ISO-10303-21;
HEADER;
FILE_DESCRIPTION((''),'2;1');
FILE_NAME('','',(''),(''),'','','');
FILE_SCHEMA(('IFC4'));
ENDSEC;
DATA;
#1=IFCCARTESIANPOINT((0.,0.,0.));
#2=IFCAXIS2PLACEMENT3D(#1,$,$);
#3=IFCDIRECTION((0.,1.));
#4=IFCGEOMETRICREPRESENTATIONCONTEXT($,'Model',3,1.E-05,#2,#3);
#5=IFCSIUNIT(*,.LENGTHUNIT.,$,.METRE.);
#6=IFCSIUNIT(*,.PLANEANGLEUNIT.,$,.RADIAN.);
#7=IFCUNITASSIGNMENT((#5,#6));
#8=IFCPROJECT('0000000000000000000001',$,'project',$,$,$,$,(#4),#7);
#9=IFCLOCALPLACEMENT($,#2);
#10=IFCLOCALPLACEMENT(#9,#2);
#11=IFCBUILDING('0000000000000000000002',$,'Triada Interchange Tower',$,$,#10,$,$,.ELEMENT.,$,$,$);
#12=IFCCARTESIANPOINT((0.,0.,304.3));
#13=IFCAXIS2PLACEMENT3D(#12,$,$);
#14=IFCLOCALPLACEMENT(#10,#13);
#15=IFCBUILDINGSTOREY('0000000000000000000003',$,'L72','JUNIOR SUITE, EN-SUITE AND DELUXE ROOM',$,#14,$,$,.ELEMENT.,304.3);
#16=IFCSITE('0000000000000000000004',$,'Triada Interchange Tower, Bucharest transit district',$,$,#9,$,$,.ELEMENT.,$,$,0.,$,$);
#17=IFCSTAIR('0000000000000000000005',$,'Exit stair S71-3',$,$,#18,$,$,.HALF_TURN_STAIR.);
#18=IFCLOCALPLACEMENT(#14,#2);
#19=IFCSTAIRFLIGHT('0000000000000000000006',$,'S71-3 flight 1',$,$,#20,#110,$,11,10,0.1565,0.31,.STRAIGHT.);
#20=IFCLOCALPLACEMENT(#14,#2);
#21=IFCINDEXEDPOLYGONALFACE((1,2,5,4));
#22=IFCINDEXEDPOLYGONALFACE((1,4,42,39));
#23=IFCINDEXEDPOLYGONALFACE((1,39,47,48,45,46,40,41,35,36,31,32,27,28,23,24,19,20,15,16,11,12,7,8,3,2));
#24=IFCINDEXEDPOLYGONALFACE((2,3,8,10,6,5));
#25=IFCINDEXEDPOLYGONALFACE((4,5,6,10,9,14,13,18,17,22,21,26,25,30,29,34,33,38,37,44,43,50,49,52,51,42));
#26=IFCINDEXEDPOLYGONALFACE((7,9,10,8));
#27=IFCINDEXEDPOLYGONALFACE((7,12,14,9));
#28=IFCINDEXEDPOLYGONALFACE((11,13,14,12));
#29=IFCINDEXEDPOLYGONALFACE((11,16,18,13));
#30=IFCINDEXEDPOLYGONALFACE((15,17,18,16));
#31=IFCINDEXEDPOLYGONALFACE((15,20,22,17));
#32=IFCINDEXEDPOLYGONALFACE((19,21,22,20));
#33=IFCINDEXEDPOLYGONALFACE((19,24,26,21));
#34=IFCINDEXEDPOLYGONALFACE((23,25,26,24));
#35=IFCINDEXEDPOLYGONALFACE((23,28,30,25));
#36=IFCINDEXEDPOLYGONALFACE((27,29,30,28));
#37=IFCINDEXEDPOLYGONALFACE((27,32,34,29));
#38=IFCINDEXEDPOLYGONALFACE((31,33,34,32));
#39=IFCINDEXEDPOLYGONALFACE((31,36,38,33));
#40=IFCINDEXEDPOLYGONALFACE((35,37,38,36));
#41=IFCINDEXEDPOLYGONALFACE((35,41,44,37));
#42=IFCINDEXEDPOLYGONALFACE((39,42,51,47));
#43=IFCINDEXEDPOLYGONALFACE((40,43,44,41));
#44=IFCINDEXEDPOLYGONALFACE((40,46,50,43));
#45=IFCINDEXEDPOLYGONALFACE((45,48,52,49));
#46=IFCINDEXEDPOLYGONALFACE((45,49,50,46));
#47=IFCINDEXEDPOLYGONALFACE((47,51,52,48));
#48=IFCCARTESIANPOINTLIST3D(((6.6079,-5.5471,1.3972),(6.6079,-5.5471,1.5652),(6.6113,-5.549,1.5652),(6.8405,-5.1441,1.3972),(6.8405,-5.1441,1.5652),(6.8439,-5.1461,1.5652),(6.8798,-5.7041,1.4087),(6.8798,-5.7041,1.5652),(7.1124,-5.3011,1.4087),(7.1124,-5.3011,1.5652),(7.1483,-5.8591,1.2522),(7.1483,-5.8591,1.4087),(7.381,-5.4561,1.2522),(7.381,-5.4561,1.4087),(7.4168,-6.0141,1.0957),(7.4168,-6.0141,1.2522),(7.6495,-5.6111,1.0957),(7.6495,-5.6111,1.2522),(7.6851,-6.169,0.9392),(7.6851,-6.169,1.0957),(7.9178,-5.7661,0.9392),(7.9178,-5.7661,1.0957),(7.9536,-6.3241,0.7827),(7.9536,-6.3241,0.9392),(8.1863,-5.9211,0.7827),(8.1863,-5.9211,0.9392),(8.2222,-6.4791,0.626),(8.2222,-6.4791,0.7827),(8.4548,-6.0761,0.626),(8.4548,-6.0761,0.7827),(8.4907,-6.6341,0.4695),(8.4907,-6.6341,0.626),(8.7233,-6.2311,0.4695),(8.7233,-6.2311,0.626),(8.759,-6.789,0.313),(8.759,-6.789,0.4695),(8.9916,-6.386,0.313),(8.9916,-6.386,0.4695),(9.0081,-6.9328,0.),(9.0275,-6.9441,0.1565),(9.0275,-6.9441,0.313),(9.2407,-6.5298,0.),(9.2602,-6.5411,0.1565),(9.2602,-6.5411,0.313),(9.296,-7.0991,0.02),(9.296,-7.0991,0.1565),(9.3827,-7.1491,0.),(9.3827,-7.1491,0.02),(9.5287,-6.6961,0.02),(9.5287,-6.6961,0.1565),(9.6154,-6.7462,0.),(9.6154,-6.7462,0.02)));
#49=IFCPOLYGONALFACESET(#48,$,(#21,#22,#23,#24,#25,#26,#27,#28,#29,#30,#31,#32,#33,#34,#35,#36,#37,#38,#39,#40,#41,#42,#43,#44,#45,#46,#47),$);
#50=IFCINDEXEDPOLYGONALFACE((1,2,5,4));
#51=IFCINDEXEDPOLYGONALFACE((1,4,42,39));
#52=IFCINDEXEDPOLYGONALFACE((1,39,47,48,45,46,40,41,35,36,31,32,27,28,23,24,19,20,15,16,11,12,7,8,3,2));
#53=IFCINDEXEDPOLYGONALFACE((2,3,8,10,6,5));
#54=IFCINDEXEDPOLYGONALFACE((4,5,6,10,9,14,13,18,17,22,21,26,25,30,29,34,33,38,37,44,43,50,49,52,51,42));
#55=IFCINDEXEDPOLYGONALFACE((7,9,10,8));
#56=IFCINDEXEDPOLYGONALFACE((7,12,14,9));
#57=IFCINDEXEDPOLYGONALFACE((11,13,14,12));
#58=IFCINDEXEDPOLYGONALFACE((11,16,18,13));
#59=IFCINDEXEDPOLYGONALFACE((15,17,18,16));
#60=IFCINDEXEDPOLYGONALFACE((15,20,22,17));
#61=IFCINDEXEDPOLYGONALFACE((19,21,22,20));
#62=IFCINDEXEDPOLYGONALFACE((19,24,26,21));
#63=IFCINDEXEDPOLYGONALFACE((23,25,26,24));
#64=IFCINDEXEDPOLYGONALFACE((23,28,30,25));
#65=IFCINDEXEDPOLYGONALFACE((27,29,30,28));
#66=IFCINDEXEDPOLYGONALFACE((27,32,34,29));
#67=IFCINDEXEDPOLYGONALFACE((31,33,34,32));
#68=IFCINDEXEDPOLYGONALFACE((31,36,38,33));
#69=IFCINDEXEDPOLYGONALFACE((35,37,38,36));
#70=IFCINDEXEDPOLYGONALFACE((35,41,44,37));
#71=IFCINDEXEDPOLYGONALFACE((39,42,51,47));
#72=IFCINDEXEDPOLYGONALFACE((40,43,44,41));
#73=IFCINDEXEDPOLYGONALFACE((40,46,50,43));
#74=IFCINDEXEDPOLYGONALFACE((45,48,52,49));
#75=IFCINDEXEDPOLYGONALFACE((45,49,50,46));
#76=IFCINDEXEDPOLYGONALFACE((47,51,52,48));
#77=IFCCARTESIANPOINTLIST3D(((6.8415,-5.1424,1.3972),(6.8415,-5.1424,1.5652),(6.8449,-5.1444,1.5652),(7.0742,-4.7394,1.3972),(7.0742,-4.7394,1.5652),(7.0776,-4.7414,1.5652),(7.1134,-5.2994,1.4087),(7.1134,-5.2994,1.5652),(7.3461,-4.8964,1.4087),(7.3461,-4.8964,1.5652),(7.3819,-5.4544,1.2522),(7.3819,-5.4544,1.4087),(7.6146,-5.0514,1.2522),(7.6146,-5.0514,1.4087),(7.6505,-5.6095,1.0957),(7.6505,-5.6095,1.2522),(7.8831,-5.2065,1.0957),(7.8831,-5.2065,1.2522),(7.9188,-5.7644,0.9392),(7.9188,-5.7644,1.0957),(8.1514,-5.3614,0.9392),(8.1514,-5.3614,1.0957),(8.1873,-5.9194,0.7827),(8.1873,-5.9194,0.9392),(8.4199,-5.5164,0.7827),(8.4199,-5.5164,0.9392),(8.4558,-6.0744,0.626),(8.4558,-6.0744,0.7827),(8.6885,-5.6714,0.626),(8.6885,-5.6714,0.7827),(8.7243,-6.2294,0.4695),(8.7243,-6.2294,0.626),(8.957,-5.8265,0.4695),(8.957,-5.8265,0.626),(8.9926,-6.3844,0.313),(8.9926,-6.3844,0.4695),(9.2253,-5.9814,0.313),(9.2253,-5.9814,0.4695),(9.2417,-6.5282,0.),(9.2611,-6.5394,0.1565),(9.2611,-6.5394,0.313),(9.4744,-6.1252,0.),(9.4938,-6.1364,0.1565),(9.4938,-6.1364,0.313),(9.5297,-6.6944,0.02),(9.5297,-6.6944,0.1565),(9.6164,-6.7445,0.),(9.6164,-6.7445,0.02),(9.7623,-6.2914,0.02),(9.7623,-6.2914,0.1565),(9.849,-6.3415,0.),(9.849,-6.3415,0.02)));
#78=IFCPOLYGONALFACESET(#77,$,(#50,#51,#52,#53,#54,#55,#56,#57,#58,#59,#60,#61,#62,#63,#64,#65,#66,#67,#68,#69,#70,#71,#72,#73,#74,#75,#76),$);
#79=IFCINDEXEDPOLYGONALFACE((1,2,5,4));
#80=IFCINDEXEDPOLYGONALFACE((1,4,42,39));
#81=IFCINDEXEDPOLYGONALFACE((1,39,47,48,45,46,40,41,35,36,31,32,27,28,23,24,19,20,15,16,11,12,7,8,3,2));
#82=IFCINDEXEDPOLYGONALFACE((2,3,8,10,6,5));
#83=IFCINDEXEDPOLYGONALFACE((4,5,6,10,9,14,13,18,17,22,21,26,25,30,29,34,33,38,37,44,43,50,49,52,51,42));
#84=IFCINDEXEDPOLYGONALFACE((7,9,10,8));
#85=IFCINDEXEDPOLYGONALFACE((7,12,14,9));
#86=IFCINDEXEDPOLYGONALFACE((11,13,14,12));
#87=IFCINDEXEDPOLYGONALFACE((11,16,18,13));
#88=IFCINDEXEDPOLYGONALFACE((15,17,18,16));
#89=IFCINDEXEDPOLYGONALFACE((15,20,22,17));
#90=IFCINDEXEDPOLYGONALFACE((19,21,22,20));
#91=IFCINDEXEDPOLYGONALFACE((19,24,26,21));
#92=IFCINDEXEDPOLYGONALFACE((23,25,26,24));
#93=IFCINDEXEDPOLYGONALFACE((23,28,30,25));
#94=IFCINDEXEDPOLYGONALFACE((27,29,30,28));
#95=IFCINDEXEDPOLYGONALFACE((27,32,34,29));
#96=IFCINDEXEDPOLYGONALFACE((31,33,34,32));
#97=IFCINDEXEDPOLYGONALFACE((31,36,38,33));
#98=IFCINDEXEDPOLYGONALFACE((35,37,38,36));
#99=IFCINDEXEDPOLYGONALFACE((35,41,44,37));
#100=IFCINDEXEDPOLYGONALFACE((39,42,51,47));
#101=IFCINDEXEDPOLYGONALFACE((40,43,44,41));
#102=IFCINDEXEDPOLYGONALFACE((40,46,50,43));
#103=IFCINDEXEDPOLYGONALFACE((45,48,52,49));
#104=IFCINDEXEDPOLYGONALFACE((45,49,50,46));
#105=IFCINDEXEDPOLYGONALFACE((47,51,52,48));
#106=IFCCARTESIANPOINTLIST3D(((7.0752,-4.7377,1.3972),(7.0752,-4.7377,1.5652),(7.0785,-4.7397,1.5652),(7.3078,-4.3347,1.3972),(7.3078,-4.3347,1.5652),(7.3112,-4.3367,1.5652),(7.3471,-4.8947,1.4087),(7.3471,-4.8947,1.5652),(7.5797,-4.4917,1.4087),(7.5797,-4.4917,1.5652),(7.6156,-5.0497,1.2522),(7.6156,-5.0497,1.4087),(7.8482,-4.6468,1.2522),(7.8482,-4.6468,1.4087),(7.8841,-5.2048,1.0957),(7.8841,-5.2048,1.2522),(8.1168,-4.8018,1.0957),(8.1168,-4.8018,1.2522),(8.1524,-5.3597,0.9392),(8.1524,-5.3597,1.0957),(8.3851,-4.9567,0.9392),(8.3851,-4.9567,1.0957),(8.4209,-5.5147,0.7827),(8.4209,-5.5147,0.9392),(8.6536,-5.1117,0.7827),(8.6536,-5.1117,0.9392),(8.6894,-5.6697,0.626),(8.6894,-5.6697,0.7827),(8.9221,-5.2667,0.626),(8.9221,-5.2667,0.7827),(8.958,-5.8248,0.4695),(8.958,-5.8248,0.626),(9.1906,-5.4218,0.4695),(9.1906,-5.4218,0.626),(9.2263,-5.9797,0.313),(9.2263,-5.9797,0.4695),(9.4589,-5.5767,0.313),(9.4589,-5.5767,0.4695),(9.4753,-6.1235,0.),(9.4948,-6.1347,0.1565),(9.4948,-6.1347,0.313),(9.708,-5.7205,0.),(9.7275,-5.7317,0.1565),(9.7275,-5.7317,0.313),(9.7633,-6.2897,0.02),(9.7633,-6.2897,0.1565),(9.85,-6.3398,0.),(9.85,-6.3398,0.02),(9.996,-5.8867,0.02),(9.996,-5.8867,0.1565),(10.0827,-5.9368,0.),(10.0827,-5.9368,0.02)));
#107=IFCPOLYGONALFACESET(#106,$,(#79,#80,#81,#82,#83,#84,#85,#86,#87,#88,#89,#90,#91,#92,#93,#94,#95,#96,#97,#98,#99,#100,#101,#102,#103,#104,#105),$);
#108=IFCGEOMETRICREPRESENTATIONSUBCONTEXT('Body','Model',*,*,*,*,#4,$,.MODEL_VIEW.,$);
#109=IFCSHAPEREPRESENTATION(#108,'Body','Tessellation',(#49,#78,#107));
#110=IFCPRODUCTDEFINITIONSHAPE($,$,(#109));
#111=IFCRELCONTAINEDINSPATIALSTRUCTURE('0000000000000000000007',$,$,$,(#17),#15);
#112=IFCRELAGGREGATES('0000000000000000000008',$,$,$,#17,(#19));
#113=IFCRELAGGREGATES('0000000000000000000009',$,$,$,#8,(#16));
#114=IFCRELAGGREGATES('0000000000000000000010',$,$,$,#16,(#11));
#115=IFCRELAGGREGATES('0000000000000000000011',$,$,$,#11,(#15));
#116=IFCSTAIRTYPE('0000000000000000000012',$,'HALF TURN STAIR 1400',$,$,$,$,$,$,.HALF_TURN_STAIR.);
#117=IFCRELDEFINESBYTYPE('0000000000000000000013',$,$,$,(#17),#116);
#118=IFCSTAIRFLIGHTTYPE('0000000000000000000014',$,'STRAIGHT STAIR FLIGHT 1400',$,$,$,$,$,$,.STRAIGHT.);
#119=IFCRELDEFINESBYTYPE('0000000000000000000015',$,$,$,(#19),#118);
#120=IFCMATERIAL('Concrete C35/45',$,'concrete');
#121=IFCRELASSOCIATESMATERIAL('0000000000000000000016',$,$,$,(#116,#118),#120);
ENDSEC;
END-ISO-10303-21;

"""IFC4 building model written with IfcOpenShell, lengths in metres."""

from ifc_helpers import new_model, si_unit, direction, frame, origin, place, context, subcontext, project, spatial, polyline, outline, extrude, material, type_object, element, aggregate, save


model = new_model("IFC4")

# Units and contexts
model_context = context("Model", 3, precision=1e-05, world=origin(), true_north=direction((0.0, 1.0)))
body_context = subcontext(model_context, "Body", "Model", "MODEL_VIEW")
ifc_project = project(units=[si_unit("LENGTHUNIT", "METRE"), si_unit("PLANEANGLEUNIT", "RADIAN")], contexts=[model_context])

# Site, building, storey
site_placement = place(None, origin())
site = spatial("IfcSite", under=ifc_project, at=site_placement, Name="Triada Interchange Tower, Bucharest transit district", CompositionType="ELEMENT", RefElevation=0.0)
building_placement = place(site_placement, origin())
building = spatial("IfcBuilding", under=site, at=building_placement, Name="Triada Interchange Tower", CompositionType="ELEMENT")
storey_placement = place(building_placement, frame((0.0, 0.0, 304.3)))
storey = spatial("IfcBuildingStorey", under=building, at=storey_placement, Name="L72", Description="JUNIOR SUITE, EN-SUITE AND DELUXE ROOM", CompositionType="ELEMENT", Elevation=304.3)

# Stair, stair flight
ifc_material_1 = material(Name="Concrete C35/45", Category="concrete")
stair_type = type_object("IfcStairType", Name="HALF TURN STAIR 1400", PredefinedType="HALF_TURN_STAIR", material=ifc_material_1)
stair_placement = place(storey_placement, origin())
stair = element("IfcStair", 1, at=stair_placement, inside=storey, type_object=stair_type, Name="Exit stair S71-3", PredefinedType="HALF_TURN_STAIR")
stair_flight_type = type_object("IfcStairFlightType", Name="STRAIGHT STAIR FLIGHT 1400", PredefinedType="STRAIGHT", material=ifc_material_1)
stair_flight_1_placement = place(storey_placement, frame((9.646, -6.4929, 0.0), z_axis=(0.0, 0.0, 1.0), x_axis=(-0.866025, 0.5, 0.0)))
stair_flight_1 = element("IfcStairFlight", 2, at=stair_flight_1_placement, type_object=stair_flight_type, Name="S71-3 flight 1", NumberOfRisers=11, NumberOfTreads=10, PredefinedType="STRAIGHT", RiserHeight=0.1565, TreadLength=0.31, context=body_context, shape_type="SweptSolid", body=[
    extrude(outline(polyline([(-0.1001, 0.0), (-0.1001, 0.02), (0.0, 0.02), (0.0, 0.1565), (0.3101, 0.1565), (0.3101, 0.313), (0.6201, 0.313), (0.6201, 0.4695), (0.9299, 0.4695), (0.9299, 0.626), (1.24, 0.626), (1.24, 0.7827), (1.55, 0.7827), (1.55, 0.9392), (1.8601, 0.9392), (1.8601, 1.0957), (2.1699, 1.0957), (2.1699, 1.2522), (2.48, 1.2522), (2.48, 1.4087), (2.79, 1.4087), (2.79, 1.5652), (3.1001, 1.5652), (3.104, 1.5652), (3.104, 1.7217), (3.104, 1.3972), (0.3325, 0.0), (-0.1001, 0.0)])), frame((0.0, 0.7, 0.0), z_axis=(0.0, -1.0, 0.0), x_axis=(1.0, 0.0, 0.0)), (0.0, 0.0, 1.0), 0.4653),
    extrude(outline(polyline([(-0.1001, 0.0), (-0.1001, 0.02), (0.0, 0.02), (0.0, 0.1565), (0.3101, 0.1565), (0.3101, 0.313), (0.6201, 0.313), (0.6201, 0.4695), (0.9299, 0.4695), (0.9299, 0.626), (1.24, 0.626), (1.24, 0.7827), (1.55, 0.7827), (1.55, 0.9392), (1.8601, 0.9392), (1.8601, 1.0957), (2.1699, 1.0957), (2.1699, 1.2522), (2.48, 1.2522), (2.48, 1.4087), (2.79, 1.4087), (2.79, 1.5652), (3.1001, 1.5652), (3.104, 1.5652), (3.104, 1.7217), (3.104, 1.3972), (0.3325, 0.0), (-0.1001, 0.0)])), frame((0.0, 0.2327, 0.0), z_axis=(0.0, -1.0, 0.0), x_axis=(1.0, 0.0, 0.0)), (0.0, 0.0, 1.0), 0.4653),
    extrude(outline(polyline([(-0.1001, 0.0), (-0.1001, 0.02), (0.0, 0.02), (0.0, 0.1565), (0.3101, 0.1565), (0.3101, 0.313), (0.6201, 0.313), (0.6201, 0.4695), (0.9299, 0.4695), (0.9299, 0.626), (1.24, 0.626), (1.24, 0.7827), (1.55, 0.7827), (1.55, 0.9392), (1.8601, 0.9392), (1.8601, 1.0957), (2.1699, 1.0957), (2.1699, 1.2522), (2.48, 1.2522), (2.48, 1.4087), (2.79, 1.4087), (2.79, 1.5652), (3.1001, 1.5652), (3.104, 1.5652), (3.104, 1.7217), (3.104, 1.3972), (0.3325, 0.0), (-0.1001, 0.0)])), frame((0.0, -0.2346, 0.0), z_axis=(0.0, -1.0, 0.0), x_axis=(1.0, 0.0, 0.0)), (0.0, 0.0, 1.0), 0.4653),
])
aggregate(stair, [stair_flight_1])

save(model, "model.ifc")
